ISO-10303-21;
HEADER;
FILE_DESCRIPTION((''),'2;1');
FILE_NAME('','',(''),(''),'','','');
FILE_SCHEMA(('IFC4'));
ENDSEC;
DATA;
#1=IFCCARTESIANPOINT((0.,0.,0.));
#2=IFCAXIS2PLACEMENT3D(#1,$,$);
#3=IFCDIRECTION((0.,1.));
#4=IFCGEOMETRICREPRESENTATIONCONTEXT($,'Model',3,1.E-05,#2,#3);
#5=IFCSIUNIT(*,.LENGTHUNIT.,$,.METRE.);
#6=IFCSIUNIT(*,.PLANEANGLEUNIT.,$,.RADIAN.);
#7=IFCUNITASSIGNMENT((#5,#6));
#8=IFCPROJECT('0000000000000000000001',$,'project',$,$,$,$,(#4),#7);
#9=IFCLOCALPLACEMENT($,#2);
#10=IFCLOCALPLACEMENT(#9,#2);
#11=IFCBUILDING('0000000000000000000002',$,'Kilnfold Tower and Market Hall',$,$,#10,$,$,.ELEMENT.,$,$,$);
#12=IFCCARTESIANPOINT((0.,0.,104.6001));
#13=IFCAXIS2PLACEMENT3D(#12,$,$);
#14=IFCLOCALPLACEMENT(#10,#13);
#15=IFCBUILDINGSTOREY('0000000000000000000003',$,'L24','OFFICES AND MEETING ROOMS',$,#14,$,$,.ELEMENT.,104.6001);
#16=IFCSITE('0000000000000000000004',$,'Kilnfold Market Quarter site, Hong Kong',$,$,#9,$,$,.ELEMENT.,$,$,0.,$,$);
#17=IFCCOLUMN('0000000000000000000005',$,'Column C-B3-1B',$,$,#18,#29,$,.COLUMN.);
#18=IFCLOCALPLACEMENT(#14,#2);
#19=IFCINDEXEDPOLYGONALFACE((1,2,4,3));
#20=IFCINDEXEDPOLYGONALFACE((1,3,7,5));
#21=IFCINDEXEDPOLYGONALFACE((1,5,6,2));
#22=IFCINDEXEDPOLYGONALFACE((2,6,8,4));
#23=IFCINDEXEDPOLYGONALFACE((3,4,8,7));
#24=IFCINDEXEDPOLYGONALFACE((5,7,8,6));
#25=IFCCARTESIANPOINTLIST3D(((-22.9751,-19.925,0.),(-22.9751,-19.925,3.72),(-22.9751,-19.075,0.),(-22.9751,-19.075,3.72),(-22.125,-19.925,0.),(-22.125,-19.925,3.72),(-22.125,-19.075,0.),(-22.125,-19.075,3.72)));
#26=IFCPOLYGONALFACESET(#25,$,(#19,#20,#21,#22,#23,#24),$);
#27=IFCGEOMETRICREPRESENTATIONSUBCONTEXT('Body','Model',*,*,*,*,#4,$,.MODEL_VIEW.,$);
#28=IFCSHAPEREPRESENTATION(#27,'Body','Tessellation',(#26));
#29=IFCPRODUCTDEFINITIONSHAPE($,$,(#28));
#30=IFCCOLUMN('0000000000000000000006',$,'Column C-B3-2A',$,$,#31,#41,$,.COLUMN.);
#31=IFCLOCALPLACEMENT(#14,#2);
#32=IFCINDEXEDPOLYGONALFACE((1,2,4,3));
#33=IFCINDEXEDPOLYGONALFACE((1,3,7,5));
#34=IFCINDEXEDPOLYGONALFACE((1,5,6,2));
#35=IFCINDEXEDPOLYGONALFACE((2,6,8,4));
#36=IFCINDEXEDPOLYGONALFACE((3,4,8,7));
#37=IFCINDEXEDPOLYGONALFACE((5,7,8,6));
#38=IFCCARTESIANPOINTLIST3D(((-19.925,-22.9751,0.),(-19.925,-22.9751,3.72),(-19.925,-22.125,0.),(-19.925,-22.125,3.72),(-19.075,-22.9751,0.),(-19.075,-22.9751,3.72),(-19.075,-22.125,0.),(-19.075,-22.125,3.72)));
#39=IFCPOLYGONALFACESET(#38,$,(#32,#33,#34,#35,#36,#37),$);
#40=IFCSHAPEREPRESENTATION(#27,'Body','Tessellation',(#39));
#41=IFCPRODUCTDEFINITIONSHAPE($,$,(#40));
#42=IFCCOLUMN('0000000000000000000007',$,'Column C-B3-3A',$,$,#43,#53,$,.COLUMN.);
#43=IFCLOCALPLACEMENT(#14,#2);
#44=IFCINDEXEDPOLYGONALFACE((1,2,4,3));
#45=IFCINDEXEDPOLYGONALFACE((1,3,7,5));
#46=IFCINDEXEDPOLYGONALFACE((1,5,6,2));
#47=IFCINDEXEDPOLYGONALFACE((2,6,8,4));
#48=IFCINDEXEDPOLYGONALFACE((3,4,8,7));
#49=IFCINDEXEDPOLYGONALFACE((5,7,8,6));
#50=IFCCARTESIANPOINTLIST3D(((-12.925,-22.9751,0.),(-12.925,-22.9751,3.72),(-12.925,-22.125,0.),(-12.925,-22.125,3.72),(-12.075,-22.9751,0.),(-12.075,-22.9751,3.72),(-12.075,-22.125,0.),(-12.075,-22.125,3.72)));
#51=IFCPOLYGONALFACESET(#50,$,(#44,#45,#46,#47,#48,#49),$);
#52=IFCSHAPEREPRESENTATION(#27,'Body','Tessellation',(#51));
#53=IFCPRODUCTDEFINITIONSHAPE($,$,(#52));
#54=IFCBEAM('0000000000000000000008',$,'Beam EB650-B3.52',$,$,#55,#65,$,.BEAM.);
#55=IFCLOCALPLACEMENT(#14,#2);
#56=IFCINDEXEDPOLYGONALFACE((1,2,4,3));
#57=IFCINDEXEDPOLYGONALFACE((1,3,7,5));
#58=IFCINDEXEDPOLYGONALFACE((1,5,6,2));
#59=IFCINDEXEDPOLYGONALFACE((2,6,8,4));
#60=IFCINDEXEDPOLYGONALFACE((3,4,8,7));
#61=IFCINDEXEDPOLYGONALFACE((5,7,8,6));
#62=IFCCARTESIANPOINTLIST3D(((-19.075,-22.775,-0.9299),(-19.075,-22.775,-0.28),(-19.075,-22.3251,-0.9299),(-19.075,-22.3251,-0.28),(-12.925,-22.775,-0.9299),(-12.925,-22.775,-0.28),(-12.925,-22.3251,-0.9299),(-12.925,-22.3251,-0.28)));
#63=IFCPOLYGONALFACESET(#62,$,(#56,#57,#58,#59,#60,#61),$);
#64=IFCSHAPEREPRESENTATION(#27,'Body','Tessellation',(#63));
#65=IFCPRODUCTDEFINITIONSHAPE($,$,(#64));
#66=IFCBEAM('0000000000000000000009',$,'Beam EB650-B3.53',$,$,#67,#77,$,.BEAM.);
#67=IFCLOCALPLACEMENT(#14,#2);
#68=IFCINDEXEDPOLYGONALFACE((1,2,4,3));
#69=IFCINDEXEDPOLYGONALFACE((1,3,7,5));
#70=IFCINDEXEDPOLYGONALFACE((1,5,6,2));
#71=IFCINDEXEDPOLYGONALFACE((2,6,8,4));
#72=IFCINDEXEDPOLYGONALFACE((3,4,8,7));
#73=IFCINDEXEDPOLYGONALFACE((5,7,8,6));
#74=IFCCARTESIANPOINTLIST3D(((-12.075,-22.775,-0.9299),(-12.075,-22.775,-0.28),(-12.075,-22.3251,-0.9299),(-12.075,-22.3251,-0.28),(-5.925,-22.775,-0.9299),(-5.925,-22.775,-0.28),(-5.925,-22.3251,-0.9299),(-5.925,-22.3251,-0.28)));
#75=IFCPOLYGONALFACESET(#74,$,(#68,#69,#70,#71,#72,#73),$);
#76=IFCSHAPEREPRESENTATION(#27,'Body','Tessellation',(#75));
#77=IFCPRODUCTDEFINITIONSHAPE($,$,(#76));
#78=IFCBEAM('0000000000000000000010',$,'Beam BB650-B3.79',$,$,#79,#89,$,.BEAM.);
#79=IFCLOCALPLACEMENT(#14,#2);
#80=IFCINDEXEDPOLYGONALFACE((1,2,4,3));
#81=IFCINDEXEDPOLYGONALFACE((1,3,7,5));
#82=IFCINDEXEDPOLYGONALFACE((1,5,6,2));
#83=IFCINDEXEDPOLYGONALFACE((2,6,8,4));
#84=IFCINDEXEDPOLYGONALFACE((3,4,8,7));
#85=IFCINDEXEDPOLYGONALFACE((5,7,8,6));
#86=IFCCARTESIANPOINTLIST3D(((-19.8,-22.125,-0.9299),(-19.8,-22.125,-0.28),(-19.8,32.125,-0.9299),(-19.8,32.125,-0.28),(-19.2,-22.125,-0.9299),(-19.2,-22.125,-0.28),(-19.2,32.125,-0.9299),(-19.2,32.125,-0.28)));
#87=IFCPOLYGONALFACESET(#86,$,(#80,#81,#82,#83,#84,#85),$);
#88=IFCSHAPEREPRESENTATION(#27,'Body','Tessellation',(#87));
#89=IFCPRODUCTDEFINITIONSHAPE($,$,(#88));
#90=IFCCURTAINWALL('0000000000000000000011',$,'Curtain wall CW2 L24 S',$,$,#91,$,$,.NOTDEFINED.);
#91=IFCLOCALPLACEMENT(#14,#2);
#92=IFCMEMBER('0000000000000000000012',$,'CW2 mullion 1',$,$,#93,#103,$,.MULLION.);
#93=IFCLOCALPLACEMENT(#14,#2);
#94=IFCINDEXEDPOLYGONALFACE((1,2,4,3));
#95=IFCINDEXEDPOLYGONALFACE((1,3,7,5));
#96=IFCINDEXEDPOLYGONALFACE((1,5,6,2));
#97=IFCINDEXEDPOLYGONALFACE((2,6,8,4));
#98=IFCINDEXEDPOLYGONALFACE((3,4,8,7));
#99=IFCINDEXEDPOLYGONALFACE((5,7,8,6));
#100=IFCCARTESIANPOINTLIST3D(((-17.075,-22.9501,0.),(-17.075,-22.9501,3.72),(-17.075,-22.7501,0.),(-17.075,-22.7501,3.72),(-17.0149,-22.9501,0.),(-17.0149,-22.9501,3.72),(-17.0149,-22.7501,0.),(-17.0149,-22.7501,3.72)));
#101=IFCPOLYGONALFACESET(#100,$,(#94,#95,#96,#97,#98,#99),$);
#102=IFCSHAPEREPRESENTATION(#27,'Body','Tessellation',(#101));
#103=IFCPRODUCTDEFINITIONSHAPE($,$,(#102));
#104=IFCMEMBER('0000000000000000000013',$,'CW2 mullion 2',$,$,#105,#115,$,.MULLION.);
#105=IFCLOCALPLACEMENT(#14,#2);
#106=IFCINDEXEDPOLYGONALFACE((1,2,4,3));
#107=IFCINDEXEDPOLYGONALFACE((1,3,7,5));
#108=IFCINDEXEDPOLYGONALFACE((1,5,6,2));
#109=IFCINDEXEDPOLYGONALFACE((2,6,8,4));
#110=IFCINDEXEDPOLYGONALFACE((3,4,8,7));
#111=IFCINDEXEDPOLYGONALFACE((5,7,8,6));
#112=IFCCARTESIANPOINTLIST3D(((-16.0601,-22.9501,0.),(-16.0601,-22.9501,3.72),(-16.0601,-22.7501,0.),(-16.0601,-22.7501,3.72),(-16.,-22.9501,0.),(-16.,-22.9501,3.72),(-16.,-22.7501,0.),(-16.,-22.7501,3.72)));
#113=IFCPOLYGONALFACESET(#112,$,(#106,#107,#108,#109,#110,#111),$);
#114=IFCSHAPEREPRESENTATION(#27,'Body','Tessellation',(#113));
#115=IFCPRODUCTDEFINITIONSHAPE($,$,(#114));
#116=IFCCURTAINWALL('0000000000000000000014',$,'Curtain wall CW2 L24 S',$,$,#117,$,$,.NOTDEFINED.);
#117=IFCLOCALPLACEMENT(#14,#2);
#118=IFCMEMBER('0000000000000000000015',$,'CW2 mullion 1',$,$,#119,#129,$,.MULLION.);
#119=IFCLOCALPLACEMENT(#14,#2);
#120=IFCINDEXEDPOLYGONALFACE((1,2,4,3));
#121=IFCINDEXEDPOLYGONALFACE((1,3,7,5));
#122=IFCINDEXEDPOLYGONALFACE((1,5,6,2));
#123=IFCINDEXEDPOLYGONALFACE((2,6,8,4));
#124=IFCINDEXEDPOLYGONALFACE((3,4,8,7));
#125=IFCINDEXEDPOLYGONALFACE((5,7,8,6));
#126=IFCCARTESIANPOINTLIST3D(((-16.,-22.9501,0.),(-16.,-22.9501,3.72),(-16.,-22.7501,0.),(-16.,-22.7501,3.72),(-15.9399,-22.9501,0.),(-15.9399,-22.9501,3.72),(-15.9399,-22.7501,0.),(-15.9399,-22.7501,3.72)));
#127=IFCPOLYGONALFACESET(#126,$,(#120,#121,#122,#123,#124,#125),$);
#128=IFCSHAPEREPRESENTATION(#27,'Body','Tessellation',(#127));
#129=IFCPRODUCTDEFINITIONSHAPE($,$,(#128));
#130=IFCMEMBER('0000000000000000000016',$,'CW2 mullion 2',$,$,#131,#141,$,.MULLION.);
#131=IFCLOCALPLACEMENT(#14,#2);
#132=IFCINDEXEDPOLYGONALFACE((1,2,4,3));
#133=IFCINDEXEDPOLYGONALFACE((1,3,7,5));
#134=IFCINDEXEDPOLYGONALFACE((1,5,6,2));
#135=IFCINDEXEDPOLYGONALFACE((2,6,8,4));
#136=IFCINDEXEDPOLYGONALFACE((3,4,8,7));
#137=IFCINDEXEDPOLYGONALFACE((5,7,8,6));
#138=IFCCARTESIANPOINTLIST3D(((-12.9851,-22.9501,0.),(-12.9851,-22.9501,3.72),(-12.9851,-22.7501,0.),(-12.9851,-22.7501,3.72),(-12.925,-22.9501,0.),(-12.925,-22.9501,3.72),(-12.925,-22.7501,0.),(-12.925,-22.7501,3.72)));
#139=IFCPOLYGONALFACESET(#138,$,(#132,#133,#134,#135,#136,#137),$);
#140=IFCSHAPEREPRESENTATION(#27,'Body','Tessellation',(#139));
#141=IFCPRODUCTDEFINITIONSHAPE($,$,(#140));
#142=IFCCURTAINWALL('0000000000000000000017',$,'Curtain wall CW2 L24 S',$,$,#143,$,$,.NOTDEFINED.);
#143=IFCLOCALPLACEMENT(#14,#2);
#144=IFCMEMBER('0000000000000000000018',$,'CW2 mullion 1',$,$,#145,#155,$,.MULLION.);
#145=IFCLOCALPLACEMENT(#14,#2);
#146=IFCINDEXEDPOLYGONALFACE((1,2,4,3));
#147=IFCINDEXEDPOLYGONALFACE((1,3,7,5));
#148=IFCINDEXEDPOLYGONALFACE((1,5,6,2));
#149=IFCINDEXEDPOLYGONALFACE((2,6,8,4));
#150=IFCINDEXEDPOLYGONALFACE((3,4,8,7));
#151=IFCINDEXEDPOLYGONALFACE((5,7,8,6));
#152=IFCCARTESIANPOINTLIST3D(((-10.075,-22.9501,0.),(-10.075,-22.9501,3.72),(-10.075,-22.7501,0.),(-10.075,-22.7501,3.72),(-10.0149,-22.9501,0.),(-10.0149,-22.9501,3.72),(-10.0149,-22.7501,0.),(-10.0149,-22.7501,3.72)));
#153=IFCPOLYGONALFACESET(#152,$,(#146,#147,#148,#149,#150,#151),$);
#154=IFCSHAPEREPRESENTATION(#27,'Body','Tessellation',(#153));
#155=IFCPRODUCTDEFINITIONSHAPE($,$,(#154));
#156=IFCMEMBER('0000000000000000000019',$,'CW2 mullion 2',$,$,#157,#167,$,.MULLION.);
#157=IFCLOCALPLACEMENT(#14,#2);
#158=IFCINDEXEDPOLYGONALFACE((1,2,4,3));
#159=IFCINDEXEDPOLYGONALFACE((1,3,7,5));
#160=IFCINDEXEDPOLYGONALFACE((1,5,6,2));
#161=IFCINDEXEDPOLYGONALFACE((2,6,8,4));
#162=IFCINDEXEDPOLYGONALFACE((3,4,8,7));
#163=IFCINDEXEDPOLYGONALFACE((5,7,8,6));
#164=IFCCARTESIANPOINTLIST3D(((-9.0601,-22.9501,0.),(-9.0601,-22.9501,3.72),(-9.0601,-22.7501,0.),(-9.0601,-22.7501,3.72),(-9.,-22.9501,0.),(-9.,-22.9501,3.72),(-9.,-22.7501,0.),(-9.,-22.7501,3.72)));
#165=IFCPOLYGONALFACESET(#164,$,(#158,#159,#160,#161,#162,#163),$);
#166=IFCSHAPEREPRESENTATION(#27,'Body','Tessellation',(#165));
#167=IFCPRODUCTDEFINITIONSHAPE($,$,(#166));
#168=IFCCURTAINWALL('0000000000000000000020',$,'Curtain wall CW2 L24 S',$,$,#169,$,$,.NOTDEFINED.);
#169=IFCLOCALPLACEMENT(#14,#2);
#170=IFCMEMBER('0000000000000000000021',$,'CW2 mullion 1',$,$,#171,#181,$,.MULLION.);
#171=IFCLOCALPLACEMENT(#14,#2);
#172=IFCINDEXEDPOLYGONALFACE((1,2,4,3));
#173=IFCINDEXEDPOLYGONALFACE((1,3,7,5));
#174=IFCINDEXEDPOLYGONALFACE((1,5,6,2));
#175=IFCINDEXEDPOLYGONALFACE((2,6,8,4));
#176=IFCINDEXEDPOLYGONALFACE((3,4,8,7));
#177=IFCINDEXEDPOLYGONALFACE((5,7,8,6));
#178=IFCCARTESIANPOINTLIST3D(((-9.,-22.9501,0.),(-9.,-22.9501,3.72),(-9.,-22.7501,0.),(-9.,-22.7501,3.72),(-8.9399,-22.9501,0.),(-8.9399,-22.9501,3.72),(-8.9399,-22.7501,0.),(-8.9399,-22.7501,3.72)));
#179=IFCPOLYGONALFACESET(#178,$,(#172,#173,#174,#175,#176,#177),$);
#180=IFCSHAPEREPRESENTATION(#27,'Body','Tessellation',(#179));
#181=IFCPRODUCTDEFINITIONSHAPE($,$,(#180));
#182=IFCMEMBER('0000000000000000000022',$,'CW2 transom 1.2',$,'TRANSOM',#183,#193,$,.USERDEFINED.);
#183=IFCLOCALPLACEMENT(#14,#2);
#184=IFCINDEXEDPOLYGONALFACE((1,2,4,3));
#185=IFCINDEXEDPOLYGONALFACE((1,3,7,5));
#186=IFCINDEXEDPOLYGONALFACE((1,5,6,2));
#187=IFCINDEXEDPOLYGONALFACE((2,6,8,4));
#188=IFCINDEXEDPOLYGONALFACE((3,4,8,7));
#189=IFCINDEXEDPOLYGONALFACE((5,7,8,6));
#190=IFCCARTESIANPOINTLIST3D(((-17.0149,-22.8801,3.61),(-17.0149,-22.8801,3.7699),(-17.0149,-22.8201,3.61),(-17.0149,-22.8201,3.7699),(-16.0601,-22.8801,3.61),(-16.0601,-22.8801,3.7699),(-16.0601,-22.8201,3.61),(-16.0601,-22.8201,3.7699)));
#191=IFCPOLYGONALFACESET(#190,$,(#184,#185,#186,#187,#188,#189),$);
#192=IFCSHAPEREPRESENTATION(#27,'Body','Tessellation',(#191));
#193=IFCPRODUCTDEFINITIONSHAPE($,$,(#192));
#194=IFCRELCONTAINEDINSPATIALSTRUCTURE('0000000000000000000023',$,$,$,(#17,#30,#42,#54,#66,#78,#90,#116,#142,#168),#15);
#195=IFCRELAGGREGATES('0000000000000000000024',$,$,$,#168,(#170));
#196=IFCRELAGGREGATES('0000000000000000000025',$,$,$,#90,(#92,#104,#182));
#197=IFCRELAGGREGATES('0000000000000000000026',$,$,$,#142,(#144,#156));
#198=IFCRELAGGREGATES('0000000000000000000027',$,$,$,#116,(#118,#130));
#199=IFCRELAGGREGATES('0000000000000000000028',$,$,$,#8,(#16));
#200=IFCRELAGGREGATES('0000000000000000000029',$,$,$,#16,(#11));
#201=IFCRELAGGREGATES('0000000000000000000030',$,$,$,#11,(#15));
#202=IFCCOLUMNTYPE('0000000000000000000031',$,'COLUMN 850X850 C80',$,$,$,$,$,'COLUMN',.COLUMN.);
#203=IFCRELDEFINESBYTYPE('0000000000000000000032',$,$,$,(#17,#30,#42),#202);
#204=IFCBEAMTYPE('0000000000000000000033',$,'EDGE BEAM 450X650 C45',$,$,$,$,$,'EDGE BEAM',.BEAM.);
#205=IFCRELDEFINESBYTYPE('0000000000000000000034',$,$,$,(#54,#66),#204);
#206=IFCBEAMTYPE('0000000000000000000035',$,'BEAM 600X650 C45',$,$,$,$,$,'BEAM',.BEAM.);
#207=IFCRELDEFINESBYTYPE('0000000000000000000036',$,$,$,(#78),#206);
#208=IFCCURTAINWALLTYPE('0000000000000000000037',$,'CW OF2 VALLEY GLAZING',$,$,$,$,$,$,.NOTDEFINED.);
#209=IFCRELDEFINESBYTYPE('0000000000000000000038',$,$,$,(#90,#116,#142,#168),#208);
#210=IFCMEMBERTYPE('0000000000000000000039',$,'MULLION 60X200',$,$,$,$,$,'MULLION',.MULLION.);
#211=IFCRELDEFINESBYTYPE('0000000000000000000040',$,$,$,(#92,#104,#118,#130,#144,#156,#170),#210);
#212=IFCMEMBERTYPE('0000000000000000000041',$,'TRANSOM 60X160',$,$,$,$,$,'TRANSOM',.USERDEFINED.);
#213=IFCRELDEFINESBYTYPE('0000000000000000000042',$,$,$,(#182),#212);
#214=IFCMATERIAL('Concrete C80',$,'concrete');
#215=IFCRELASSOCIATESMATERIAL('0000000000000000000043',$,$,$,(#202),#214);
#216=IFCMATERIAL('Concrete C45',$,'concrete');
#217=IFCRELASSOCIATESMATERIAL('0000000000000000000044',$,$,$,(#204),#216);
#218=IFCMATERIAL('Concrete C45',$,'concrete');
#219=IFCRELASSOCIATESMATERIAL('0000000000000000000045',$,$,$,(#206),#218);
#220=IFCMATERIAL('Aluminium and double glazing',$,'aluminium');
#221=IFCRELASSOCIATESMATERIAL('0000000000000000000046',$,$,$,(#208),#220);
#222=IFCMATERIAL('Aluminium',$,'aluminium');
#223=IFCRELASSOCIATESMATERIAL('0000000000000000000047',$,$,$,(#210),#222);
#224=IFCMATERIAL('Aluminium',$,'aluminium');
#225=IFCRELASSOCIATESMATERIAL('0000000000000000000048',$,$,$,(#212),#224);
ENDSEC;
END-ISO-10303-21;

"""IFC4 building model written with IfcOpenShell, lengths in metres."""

from ifc_helpers import new_model, si_unit, direction, frame, origin, origin_2d, place, context, subcontext, project, spatial, rectangle, extrude, source, transform, mapped, material, material_profile, profile_set, type_object, element, aggregate, save


model = new_model("IFC4")

# Units and contexts
model_context = context("Model", 3, precision=1e-05, world=origin(), true_north=direction((0.0, 1.0)))
body_context = subcontext(model_context, "Body", "Model", "MODEL_VIEW")
ifc_project = project(units=[si_unit("LENGTHUNIT", "METRE"), si_unit("PLANEANGLEUNIT", "RADIAN")], contexts=[model_context])

# Site, building, storey
site_placement = place(None, origin())
site = spatial("IfcSite", under=ifc_project, at=site_placement, Name="Kilnfold Market Quarter site, Hong Kong", CompositionType="ELEMENT", RefElevation=0.0)
building_placement = place(site_placement, origin())
building = spatial("IfcBuilding", under=site, at=building_placement, Name="Kilnfold Tower and Market Hall", CompositionType="ELEMENT")
storey_placement = place(building_placement, frame((0.0, 0.0, 104.6001)))
storey = spatial("IfcBuildingStorey", under=building, at=storey_placement, Name="L24", Description="OFFICES AND MEETING ROOMS", CompositionType="ELEMENT", Elevation=104.6001)

# Columns
ifc_material_1 = material(Name="Concrete C80", Category="concrete")
ifc_material_profile_1 = material_profile(ifc_material_1, rectangle(XDim=0.8501, YDim=0.8501, at=origin_2d()), Name="RC 850x850")
ifc_profile_set_1 = profile_set([ifc_material_profile_1], Name="Concrete C80")
column_type = type_object("IfcColumnType", Name="COLUMN 850X850 C80", ElementType="COLUMN", PredefinedType="COLUMN", material=ifc_profile_set_1)
shared_shape_1 = source(origin(), body_context, "Body", "SweptSolid", [
    extrude(rectangle(XDim=0.8501, YDim=0.8501, at=origin_2d()), origin(), (0.0, 0.0, 1.0), 3.72),
])
for number, where, z_axis, x_axis, name in (
    (1, (-22.55, -19.5, 0.0), (0.0, 0.0, 1.0), (1.0, 0.0, 0.0), "Column C-B3-1B"),
    (2, (-19.5, -22.55, 0.0), (0.0, 0.0, 1.0), (1.0, 0.0, 0.0), "Column C-B3-2A"),
    (3, (-12.5, -22.55, 0.0), (0.0, 0.0, 1.0), (1.0, 0.0, 0.0), "Column C-B3-3A"),
):
    element("IfcColumn", number, at=place(storey_placement, frame(where, z_axis=z_axis, x_axis=x_axis)), inside=storey, type_object=column_type, Name=name, PredefinedType="COLUMN", context=body_context, shape_type="MappedRepresentation", body=[
        mapped(shared_shape_1, transform((0.0, 0.0, 0.0))),
    ])

# Beams
ifc_material_2 = material(Name="Concrete C45", Category="concrete")
ifc_material_profile_2 = material_profile(ifc_material_2, rectangle(XDim=0.45, YDim=0.6499, at=origin_2d()), Name="RC 450x650")
ifc_profile_set_2 = profile_set([ifc_material_profile_2], Name="Concrete C45")
beam_type_1 = type_object("IfcBeamType", Name="EDGE BEAM 450X650 C45", ElementType="EDGE BEAM", PredefinedType="BEAM", material=ifc_profile_set_2)
shared_shape_2 = source(origin(), body_context, "Body", "SweptSolid", [
    extrude(rectangle(XDim=0.45, YDim=0.6499, at=origin_2d()), origin(), (0.0, 0.0, 1.0), 6.1499),
])
for number, where, z_axis, x_axis, name in (
    (4, (-19.075, -22.55, -0.605), (1.0, 0.0, 0.0), (0.0, 1.0, 0.0), "Beam EB650-B3.52"),
    (5, (-12.075, -22.55, -0.605), (1.0, 0.0, 0.0), (0.0, 1.0, 0.0), "Beam EB650-B3.53"),
):
    element("IfcBeam", number, at=place(storey_placement, frame(where, z_axis=z_axis, x_axis=x_axis)), inside=storey, type_object=beam_type_1, Name=name, PredefinedType="BEAM", context=body_context, shape_type="MappedRepresentation", body=[
        mapped(shared_shape_2, transform((0.0, 0.0, 0.0))),
    ])
ifc_material_3 = material(Name="Concrete C45", Category="concrete")
ifc_material_profile_3 = material_profile(ifc_material_3, rectangle(XDim=0.6001, YDim=0.6499, at=origin_2d()), Name="RC 600x650")
ifc_profile_set_3 = profile_set([ifc_material_profile_3], Name="Concrete C45")
beam_type_2 = type_object("IfcBeamType", Name="BEAM 600X650 C45", ElementType="BEAM", PredefinedType="BEAM", material=ifc_profile_set_3)
shared_shape_3 = source(origin(), body_context, "Body", "SweptSolid", [
    extrude(rectangle(XDim=0.6001, YDim=0.6499, at=origin_2d()), origin(), (0.0, 0.0, 1.0), 54.25),
])
beam_placement = place(storey_placement, frame((-19.5, -22.125, -0.605), z_axis=(0.0, 1.0, 0.0), x_axis=(-1.0, 0.0, 0.0)))
element("IfcBeam", 6, at=beam_placement, inside=storey, type_object=beam_type_2, Name="Beam BB650-B3.79", PredefinedType="BEAM", context=body_context, shape_type="MappedRepresentation", body=[
    mapped(shared_shape_3, transform((0.0, 0.0, 0.0))),
])

# Curtain walls, members
ifc_material_4 = material(Name="Aluminium and double glazing", Category="aluminium")
curtain_wall_type = type_object("IfcCurtainWallType", Name="CW OF2 VALLEY GLAZING", PredefinedType="NOTDEFINED", material=ifc_material_4)
curtain_wall_1_placement = place(storey_placement, origin())
curtain_wall_1 = element("IfcCurtainWall", 7, at=curtain_wall_1_placement, inside=storey, type_object=curtain_wall_type, Name="Curtain wall CW2 L24 S", PredefinedType="NOTDEFINED")
ifc_material_5 = material(Name="Aluminium", Category="aluminium")
ifc_material_profile_4 = material_profile(ifc_material_5, rectangle(XDim=0.0601, YDim=0.2, at=origin_2d()), Name="MULLION 60x200")
ifc_profile_set_4 = profile_set([ifc_material_profile_4], Name="Aluminium")
member_type_1 = type_object("IfcMemberType", Name="MULLION 60X200", ElementType="MULLION", PredefinedType="MULLION", material=ifc_profile_set_4)
shared_shape_4 = source(origin(), body_context, "Body", "SweptSolid", [
    extrude(rectangle(XDim=0.0601, YDim=0.2, at=origin_2d()), origin(), (0.0, 0.0, 1.0), 3.72),
])
member_1_placement = place(storey_placement, frame((-17.0449, -22.8501, 0.0), z_axis=(0.0, 0.0, 1.0), x_axis=(1.0, 0.0, 0.0)))
member_1 = element("IfcMember", 8, at=member_1_placement, type_object=member_type_1, Name="CW2 mullion 1", PredefinedType="MULLION", context=body_context, shape_type="MappedRepresentation", body=[
    mapped(shared_shape_4, transform((0.0, 0.0, 0.0))),
])
member_2_placement = place(storey_placement, frame((-16.03, -22.8501, 0.0), z_axis=(0.0, 0.0, 1.0), x_axis=(1.0, 0.0, 0.0)))
member_2 = element("IfcMember", 9, at=member_2_placement, type_object=member_type_1, Name="CW2 mullion 2", PredefinedType="MULLION", context=body_context, shape_type="MappedRepresentation", body=[
    mapped(shared_shape_4, transform((0.0, 0.0, 0.0))),
])
curtain_wall_2_placement = place(storey_placement, origin())
curtain_wall_2 = element("IfcCurtainWall", 10, at=curtain_wall_2_placement, inside=storey, type_object=curtain_wall_type, Name="Curtain wall CW2 L24 S", PredefinedType="NOTDEFINED")
member_3_placement = place(storey_placement, frame((-15.97, -22.8501, 0.0), z_axis=(0.0, 0.0, 1.0), x_axis=(1.0, 0.0, 0.0)))
member_3 = element("IfcMember", 11, at=member_3_placement, type_object=member_type_1, Name="CW2 mullion 1", PredefinedType="MULLION", context=body_context, shape_type="MappedRepresentation", body=[
    mapped(shared_shape_4, transform((0.0, 0.0, 0.0))),
])
member_4_placement = place(storey_placement, frame((-12.9551, -22.8501, 0.0), z_axis=(0.0, 0.0, 1.0), x_axis=(1.0, 0.0, 0.0)))
member_4 = element("IfcMember", 12, at=member_4_placement, type_object=member_type_1, Name="CW2 mullion 2", PredefinedType="MULLION", context=body_context, shape_type="MappedRepresentation", body=[
    mapped(shared_shape_4, transform((0.0, 0.0, 0.0))),
])
curtain_wall_3_placement = place(storey_placement, origin())
curtain_wall_3 = element("IfcCurtainWall", 13, at=curtain_wall_3_placement, inside=storey, type_object=curtain_wall_type, Name="Curtain wall CW2 L24 S", PredefinedType="NOTDEFINED")
member_5_placement = place(storey_placement, frame((-10.0449, -22.8501, 0.0), z_axis=(0.0, 0.0, 1.0), x_axis=(1.0, 0.0, 0.0)))
member_5 = element("IfcMember", 14, at=member_5_placement, type_object=member_type_1, Name="CW2 mullion 1", PredefinedType="MULLION", context=body_context, shape_type="MappedRepresentation", body=[
    mapped(shared_shape_4, transform((0.0, 0.0, 0.0))),
])
member_6_placement = place(storey_placement, frame((-9.03, -22.8501, 0.0), z_axis=(0.0, 0.0, 1.0), x_axis=(1.0, 0.0, 0.0)))
member_6 = element("IfcMember", 15, at=member_6_placement, type_object=member_type_1, Name="CW2 mullion 2", PredefinedType="MULLION", context=body_context, shape_type="MappedRepresentation", body=[
    mapped(shared_shape_4, transform((0.0, 0.0, 0.0))),
])

# Curtain wall, member
curtain_wall_4_placement = place(storey_placement, origin())
curtain_wall_4 = element("IfcCurtainWall", 16, at=curtain_wall_4_placement, inside=storey, type_object=curtain_wall_type, Name="Curtain wall CW2 L24 S", PredefinedType="NOTDEFINED")
member_7_placement = place(storey_placement, frame((-8.97, -22.8501, 0.0), z_axis=(0.0, 0.0, 1.0), x_axis=(1.0, 0.0, 0.0)))
member_7 = element("IfcMember", 17, at=member_7_placement, type_object=member_type_1, Name="CW2 mullion 1", PredefinedType="MULLION", context=body_context, shape_type="MappedRepresentation", body=[
    mapped(shared_shape_4, transform((0.0, 0.0, 0.0))),
])

# Member
ifc_material_6 = material(Name="Aluminium", Category="aluminium")
ifc_material_profile_5 = material_profile(ifc_material_6, rectangle(XDim=0.0601, YDim=0.1599, at=origin_2d()), Name="TRANSOM 60x160")
ifc_profile_set_5 = profile_set([ifc_material_profile_5], Name="Aluminium")
member_type_2 = type_object("IfcMemberType", Name="TRANSOM 60X160", ElementType="TRANSOM", PredefinedType="USERDEFINED", material=ifc_profile_set_5)
shared_shape_5 = source(origin(), body_context, "Body", "SweptSolid", [
    extrude(rectangle(XDim=0.0601, YDim=0.1599, at=origin_2d()), origin(), (0.0, 0.0, 1.0), 0.9548),
])
member_8_placement = place(storey_placement, frame((-17.0149, -22.8501, 3.6899), z_axis=(1.0, 0.0, 0.0), x_axis=(0.0, 1.0, 0.0)))
member_8 = element("IfcMember", 18, at=member_8_placement, type_object=member_type_2, Name="CW2 transom 1.2", ObjectType="TRANSOM", PredefinedType="USERDEFINED", context=body_context, shape_type="MappedRepresentation", body=[
    mapped(shared_shape_5, transform((0.0, 0.0, 0.0))),
])
aggregate(curtain_wall_4, [member_7])

aggregate(curtain_wall_1, [member_1, member_2, member_8])
aggregate(curtain_wall_3, [member_5, member_6])
aggregate(curtain_wall_2, [member_3, member_4])

save(model, "model.ifc")
